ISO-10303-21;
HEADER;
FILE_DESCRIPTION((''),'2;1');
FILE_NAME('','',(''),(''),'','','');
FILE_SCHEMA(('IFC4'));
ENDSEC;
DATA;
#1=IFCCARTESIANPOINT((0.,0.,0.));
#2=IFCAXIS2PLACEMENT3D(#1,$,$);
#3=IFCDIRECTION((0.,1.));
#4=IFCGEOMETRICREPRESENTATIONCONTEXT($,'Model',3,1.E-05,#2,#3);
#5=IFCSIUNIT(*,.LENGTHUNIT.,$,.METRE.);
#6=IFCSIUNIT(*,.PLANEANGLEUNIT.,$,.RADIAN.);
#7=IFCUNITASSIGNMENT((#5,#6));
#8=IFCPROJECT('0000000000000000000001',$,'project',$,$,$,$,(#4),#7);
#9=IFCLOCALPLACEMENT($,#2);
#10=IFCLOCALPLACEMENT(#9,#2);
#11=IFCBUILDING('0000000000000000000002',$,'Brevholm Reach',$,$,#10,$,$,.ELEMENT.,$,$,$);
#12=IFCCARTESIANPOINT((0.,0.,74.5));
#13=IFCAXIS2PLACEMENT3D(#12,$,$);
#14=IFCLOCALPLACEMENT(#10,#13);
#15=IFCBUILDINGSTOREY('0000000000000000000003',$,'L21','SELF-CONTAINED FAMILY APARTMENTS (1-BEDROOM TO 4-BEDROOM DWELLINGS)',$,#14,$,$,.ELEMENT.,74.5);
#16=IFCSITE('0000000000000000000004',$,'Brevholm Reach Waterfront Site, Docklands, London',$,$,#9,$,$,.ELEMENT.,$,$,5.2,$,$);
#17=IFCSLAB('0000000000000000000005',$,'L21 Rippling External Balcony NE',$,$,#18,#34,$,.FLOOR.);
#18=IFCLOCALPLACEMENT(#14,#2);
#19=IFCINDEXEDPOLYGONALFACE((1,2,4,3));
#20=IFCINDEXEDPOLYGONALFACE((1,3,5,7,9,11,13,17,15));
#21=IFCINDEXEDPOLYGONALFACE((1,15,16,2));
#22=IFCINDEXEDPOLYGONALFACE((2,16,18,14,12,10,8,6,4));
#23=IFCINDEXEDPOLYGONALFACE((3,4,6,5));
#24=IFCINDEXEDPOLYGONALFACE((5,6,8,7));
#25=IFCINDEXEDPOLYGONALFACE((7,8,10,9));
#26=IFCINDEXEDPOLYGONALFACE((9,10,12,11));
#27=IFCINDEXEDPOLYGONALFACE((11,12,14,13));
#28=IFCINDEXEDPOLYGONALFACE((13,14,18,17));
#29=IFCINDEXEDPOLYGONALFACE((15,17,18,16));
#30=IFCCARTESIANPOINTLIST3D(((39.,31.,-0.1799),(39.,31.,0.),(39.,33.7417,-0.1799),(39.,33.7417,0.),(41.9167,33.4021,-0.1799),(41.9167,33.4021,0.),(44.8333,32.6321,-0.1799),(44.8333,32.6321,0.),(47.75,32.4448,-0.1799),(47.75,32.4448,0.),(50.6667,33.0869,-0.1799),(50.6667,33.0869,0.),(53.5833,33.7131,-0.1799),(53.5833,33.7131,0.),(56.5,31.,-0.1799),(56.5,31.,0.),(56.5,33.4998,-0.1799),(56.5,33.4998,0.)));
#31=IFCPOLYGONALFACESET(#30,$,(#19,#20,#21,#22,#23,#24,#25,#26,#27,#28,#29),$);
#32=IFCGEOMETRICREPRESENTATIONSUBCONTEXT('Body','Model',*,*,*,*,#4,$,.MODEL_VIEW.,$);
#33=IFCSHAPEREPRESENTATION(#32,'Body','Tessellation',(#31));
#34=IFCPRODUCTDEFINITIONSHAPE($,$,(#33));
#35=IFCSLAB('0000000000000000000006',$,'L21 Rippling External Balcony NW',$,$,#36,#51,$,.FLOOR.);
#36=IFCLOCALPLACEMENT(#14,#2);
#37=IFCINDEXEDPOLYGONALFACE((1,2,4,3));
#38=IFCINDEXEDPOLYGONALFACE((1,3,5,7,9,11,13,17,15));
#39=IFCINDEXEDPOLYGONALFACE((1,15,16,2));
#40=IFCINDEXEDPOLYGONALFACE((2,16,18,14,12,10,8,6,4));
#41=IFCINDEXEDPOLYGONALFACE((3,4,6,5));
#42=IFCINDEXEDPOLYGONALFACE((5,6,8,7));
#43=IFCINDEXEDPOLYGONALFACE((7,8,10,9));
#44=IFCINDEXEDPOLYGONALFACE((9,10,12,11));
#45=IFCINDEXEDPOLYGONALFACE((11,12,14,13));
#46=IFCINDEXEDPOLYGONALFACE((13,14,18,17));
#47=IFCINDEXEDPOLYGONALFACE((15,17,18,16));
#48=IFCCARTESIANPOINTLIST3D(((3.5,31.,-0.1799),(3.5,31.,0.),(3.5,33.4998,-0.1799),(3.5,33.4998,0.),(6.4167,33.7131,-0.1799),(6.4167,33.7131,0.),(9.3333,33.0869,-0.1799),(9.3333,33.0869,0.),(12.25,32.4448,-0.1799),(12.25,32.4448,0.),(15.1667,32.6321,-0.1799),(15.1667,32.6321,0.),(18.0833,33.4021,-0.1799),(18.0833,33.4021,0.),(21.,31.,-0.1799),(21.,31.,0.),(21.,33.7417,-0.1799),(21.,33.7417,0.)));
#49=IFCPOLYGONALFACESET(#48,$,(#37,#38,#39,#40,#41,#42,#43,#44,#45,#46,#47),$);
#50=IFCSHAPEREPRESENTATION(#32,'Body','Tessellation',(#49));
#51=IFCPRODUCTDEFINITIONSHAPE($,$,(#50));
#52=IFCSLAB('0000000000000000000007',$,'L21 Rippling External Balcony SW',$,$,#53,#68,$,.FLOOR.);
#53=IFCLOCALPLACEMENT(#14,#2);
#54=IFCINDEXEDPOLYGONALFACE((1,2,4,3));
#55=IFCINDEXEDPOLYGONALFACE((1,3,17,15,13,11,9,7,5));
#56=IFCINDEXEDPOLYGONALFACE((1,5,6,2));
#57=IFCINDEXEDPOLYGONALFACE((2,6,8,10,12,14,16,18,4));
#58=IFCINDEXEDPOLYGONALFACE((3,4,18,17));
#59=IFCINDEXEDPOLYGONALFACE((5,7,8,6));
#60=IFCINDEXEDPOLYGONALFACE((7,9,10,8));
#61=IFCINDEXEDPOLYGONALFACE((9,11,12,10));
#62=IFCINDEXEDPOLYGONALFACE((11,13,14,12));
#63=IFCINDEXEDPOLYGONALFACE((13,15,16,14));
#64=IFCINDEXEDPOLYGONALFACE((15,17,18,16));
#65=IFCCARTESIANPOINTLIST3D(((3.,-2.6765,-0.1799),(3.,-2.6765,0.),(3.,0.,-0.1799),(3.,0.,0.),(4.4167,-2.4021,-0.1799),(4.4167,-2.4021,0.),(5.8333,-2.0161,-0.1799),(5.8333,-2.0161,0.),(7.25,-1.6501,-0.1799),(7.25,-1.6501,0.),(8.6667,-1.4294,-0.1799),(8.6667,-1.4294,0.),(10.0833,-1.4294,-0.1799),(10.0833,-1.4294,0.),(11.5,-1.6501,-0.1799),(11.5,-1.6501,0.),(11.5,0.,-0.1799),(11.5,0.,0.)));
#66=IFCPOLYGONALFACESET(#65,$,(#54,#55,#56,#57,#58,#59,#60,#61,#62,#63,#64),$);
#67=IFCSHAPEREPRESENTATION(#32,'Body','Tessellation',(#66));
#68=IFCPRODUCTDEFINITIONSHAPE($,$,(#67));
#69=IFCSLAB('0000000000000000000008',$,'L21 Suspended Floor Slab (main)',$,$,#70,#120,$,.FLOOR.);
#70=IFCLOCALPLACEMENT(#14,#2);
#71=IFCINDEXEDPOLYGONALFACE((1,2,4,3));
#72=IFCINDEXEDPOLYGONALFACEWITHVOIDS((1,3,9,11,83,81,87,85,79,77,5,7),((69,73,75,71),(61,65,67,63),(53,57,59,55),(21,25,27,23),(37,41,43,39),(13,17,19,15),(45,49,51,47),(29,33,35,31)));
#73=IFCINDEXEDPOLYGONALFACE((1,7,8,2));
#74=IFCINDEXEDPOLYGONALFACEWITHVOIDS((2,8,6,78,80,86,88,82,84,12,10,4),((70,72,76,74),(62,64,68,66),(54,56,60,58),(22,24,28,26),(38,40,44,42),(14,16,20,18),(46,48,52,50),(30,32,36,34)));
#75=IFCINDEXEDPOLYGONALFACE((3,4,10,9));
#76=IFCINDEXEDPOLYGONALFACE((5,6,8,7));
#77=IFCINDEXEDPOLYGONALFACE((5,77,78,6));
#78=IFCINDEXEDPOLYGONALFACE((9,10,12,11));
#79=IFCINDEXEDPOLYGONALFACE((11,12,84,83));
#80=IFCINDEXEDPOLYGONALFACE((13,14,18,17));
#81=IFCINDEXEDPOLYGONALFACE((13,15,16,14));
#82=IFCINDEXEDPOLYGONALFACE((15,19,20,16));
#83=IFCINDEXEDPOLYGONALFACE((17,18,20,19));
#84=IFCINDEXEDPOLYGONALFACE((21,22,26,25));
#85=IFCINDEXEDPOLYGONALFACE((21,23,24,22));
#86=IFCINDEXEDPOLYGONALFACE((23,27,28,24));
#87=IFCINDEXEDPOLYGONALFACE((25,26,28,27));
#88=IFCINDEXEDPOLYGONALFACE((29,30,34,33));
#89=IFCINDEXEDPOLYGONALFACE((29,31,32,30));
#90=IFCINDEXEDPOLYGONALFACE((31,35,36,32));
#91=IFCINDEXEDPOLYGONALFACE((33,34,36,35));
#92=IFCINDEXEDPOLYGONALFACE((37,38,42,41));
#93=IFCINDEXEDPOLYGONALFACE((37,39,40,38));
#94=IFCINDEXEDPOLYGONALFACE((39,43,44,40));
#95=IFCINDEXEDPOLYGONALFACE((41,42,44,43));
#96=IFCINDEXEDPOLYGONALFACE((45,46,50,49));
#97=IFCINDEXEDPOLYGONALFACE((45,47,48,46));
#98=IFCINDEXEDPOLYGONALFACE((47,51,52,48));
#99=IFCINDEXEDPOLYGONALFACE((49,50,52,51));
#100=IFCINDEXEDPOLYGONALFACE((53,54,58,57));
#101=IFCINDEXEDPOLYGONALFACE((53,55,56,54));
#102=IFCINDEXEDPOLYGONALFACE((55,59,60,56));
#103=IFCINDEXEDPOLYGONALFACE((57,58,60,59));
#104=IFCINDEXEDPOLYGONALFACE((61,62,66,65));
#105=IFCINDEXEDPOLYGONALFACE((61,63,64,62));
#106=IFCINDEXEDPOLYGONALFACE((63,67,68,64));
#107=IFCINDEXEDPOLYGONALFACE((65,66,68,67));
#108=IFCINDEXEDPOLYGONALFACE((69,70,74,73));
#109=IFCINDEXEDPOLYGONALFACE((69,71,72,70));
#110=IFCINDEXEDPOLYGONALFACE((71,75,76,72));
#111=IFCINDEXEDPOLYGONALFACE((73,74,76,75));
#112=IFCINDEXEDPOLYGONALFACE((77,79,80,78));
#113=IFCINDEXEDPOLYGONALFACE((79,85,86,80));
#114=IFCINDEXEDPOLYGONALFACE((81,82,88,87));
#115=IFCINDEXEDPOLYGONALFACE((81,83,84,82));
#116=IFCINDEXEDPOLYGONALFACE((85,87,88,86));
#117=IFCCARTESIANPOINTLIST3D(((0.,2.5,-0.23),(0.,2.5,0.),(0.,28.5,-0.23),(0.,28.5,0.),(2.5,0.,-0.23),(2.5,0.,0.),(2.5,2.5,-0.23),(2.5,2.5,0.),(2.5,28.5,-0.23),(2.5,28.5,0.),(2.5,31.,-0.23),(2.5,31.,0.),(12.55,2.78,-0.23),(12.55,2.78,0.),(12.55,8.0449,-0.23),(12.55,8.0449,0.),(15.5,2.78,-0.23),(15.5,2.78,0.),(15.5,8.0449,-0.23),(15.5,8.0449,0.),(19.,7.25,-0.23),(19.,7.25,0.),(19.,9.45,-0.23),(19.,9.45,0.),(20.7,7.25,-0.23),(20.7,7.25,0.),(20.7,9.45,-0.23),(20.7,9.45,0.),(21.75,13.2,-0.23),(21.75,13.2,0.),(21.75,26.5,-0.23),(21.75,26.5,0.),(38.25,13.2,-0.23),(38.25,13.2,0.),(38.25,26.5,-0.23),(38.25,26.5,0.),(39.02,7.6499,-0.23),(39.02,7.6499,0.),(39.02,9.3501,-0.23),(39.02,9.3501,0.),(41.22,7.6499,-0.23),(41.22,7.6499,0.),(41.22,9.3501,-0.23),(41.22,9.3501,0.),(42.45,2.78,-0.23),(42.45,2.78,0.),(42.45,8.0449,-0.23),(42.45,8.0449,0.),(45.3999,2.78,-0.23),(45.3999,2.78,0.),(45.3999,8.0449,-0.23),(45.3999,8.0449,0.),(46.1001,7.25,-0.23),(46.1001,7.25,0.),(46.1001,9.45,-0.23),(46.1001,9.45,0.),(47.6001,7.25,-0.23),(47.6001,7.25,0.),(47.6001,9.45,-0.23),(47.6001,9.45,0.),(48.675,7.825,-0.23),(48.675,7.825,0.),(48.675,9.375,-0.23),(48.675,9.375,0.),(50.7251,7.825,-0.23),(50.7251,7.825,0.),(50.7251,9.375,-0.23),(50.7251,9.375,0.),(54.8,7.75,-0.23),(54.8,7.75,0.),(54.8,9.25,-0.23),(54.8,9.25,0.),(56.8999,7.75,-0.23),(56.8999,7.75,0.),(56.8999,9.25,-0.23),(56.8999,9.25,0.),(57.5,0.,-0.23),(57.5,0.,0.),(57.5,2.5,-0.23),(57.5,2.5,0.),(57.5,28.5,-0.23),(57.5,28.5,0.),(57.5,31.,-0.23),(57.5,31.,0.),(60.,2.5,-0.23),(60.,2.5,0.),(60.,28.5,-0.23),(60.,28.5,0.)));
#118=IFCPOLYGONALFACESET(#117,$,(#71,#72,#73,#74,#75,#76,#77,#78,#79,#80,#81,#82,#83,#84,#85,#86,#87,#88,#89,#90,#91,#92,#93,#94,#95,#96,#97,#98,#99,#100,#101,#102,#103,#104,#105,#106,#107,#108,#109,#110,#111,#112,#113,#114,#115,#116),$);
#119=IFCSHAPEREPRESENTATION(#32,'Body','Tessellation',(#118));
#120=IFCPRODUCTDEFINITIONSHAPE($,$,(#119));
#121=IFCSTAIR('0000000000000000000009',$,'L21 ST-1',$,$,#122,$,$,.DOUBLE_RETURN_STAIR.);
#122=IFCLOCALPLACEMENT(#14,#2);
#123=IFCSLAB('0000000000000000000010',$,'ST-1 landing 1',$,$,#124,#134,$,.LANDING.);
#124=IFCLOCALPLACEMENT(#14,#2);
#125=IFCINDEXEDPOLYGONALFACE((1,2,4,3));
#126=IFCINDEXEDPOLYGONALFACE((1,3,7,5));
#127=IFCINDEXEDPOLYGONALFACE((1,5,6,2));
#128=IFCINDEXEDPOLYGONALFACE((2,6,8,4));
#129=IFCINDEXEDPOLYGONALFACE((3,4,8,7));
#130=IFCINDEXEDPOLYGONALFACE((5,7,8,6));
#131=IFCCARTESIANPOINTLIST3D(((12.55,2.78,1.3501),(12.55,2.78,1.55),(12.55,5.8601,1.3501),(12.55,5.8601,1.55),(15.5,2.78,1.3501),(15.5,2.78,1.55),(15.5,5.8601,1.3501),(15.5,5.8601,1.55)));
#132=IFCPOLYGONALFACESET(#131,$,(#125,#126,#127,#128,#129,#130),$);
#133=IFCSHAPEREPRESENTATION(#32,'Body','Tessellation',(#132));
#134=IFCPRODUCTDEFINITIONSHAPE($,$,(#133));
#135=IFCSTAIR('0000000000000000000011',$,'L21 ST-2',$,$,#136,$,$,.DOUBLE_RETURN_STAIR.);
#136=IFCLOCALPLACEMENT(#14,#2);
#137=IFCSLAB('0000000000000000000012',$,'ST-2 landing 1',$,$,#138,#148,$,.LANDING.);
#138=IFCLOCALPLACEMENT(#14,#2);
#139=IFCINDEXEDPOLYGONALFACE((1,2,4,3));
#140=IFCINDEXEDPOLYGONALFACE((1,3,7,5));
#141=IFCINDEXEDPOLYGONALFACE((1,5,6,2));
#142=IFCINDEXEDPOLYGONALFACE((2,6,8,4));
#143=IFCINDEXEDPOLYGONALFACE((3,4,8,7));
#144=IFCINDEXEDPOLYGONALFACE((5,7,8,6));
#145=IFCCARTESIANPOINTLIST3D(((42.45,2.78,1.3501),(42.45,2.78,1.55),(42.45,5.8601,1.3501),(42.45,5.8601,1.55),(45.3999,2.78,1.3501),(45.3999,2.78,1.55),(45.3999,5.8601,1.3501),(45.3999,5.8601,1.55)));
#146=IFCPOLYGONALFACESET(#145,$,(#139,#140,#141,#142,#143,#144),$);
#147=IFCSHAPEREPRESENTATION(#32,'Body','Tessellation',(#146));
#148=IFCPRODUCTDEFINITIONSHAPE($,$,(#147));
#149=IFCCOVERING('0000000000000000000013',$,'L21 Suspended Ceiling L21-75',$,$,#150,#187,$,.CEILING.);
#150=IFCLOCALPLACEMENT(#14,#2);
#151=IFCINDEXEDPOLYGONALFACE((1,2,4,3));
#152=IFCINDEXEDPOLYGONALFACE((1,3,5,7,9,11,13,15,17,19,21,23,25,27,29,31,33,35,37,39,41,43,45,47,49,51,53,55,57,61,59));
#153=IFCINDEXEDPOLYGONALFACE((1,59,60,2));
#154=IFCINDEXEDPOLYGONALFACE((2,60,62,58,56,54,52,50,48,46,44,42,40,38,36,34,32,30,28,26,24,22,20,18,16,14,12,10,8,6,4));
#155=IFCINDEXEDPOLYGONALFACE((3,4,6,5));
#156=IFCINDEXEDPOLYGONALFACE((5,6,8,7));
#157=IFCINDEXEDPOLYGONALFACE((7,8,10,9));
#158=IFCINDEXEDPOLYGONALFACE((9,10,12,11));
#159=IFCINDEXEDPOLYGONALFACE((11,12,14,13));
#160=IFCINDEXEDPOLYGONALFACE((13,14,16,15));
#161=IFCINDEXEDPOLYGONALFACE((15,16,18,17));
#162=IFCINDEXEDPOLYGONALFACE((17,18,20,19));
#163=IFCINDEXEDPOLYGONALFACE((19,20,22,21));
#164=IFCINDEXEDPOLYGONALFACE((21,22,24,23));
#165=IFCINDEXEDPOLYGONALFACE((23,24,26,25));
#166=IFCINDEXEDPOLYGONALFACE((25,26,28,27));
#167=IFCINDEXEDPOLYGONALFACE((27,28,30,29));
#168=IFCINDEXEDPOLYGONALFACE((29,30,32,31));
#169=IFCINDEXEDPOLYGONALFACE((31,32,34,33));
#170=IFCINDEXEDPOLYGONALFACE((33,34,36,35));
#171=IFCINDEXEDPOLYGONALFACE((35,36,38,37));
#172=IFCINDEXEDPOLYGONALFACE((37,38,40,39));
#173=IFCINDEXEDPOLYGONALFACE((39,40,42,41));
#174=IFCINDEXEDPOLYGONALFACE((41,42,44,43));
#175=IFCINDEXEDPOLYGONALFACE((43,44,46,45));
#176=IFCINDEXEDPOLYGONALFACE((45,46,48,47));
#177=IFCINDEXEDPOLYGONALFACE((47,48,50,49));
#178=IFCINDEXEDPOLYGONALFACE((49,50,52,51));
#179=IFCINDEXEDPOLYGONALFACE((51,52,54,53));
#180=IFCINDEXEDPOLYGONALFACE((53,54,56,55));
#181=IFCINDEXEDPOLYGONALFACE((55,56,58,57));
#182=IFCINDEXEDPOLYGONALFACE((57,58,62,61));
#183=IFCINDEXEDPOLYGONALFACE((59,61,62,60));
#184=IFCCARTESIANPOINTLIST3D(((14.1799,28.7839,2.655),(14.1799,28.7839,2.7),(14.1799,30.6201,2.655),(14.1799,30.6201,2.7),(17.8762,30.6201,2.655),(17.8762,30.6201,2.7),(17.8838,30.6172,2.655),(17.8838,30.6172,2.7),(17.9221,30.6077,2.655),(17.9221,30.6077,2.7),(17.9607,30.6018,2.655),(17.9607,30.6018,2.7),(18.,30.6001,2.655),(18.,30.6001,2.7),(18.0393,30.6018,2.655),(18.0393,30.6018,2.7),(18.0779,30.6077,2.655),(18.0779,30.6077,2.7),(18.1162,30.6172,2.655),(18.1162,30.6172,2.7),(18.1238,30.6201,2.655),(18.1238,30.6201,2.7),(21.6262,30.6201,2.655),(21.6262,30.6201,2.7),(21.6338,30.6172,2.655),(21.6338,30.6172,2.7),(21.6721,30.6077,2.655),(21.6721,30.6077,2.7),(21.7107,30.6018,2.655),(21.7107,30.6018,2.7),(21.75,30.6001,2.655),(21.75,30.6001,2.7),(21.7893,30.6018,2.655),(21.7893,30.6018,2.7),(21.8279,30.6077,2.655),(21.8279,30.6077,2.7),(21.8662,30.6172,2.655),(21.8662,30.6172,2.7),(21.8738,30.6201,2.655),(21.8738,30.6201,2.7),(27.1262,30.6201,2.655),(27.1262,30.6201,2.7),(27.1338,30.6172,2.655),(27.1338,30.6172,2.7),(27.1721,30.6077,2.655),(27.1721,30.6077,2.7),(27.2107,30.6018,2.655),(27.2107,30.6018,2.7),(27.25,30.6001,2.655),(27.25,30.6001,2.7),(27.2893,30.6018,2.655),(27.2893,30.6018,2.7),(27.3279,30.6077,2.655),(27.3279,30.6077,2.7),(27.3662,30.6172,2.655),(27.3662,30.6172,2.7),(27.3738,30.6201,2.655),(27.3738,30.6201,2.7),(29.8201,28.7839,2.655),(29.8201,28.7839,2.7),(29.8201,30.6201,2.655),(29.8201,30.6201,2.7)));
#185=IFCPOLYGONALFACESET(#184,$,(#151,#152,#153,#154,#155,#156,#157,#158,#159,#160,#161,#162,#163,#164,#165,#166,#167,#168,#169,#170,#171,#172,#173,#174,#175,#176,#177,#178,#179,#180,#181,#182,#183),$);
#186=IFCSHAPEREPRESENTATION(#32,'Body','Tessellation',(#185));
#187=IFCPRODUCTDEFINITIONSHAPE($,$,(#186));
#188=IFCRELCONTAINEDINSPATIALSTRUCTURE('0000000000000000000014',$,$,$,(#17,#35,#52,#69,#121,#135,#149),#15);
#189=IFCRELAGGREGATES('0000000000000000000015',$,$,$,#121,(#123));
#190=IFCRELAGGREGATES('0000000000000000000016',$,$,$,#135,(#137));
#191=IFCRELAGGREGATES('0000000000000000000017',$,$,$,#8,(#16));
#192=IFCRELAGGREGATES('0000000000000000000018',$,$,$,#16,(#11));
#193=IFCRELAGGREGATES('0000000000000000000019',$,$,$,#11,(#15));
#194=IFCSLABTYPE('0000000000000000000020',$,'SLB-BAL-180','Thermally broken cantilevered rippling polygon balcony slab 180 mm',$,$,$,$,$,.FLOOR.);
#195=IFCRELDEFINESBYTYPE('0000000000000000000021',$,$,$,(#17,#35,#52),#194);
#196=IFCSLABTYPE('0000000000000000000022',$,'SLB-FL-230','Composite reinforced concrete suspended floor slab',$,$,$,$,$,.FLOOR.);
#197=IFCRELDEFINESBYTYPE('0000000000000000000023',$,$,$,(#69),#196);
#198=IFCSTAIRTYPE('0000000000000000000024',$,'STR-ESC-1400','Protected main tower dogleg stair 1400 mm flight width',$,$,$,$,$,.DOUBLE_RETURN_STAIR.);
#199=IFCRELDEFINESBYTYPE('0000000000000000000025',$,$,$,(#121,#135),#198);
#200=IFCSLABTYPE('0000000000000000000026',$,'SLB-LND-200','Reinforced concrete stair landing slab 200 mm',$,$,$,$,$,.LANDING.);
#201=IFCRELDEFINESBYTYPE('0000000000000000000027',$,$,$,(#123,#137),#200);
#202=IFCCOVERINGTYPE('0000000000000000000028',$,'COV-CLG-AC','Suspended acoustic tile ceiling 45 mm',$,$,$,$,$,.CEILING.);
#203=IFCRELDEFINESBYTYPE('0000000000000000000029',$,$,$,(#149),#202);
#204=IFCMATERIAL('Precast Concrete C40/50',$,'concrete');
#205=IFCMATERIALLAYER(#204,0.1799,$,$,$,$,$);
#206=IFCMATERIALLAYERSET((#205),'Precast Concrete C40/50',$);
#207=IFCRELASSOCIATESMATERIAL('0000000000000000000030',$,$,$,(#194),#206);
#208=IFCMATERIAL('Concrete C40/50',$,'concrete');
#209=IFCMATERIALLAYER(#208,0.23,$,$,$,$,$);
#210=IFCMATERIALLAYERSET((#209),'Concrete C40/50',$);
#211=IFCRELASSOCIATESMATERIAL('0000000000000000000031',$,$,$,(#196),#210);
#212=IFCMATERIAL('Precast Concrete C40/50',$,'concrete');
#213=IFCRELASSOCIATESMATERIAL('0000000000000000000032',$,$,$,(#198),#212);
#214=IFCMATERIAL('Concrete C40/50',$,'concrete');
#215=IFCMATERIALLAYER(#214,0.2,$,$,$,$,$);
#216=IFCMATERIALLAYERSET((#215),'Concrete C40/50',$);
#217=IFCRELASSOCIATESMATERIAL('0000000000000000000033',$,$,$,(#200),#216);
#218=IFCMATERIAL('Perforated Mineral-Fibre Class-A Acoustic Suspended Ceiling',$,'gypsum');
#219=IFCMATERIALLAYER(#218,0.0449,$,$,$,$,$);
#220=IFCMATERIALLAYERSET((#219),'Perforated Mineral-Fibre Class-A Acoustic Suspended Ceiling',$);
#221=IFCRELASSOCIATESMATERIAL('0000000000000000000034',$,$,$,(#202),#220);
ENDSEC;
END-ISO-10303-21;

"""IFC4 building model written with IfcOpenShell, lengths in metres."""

from ifc_helpers import new_model, si_unit, direction, frame, origin, place, context, subcontext, project, spatial, polyline, outline, extrude, material, layer, layer_set, type_object, element, aggregate, save


model = new_model("IFC4")

# Units and contexts
model_context = context("Model", 3, precision=1e-05, world=origin(), true_north=direction((0.0, 1.0)))
body_context = subcontext(model_context, "Body", "Model", "MODEL_VIEW")
ifc_project = project(units=[si_unit("LENGTHUNIT", "METRE"), si_unit("PLANEANGLEUNIT", "RADIAN")], contexts=[model_context])

# Site, building, storey
site_placement = place(None, origin())
site = spatial("IfcSite", under=ifc_project, at=site_placement, Name="Brevholm Reach Waterfront Site, Docklands, London", CompositionType="ELEMENT", RefElevation=5.2)
building_placement = place(site_placement, origin())
building = spatial("IfcBuilding", under=site, at=building_placement, Name="Brevholm Reach", CompositionType="ELEMENT")
storey_placement = place(building_placement, frame((0.0, 0.0, 74.5)))
storey = spatial("IfcBuildingStorey", under=building, at=storey_placement, Name="L21", Description="SELF-CONTAINED FAMILY APARTMENTS (1-BEDROOM TO 4-BEDROOM DWELLINGS)", CompositionType="ELEMENT", Elevation=74.5)

# Slabs
ifc_material_1 = material(Name="Precast Concrete C40/50", Category="concrete")
ifc_layer_1 = layer(ifc_material_1, 0.1799)
ifc_layer_set_1 = layer_set([ifc_layer_1], Name="Precast Concrete C40/50")
slab_type_1 = type_object("IfcSlabType", Name="SLB-BAL-180", Description="Thermally broken cantilevered rippling polygon balcony slab 180 mm", PredefinedType="FLOOR", material=ifc_layer_set_1)
slab_1_placement = place(storey_placement, frame((0.0, 0.0, -0.1799)))
element("IfcSlab", 1, at=slab_1_placement, inside=storey, type_object=slab_type_1, Name="L21 Rippling External Balcony NE", PredefinedType="FLOOR", context=body_context, shape_type="SweptSolid", body=[
    extrude(outline(polyline([(39.0, 31.0), (56.5, 31.0), (56.5, 33.4998), (53.5833, 33.7131), (50.6667, 33.0869), (47.75, 32.4448), (44.8333, 32.6321), (41.9167, 33.4021), (39.0, 33.7417), (39.0, 31.0)])), origin(), (0.0, 0.0, 1.0), 0.1799),
])
slab_2_placement = place(storey_placement, frame((0.0, 0.0, -0.1799)))
element("IfcSlab", 2, at=slab_2_placement, inside=storey, type_object=slab_type_1, Name="L21 Rippling External Balcony NW", PredefinedType="FLOOR", context=body_context, shape_type="SweptSolid", body=[
    extrude(outline(polyline([(3.5, 31.0), (21.0, 31.0), (21.0, 33.7417), (18.0833, 33.4021), (15.1667, 32.6321), (12.25, 32.4448), (9.3333, 33.0869), (6.4167, 33.7131), (3.5, 33.4998), (3.5, 31.0)])), origin(), (0.0, 0.0, 1.0), 0.1799),
])
slab_3_placement = place(storey_placement, frame((0.0, 0.0, -0.1799)))
element("IfcSlab", 3, at=slab_3_placement, inside=storey, type_object=slab_type_1, Name="L21 Rippling External Balcony SW", PredefinedType="FLOOR", context=body_context, shape_type="SweptSolid", body=[
    extrude(outline(polyline([(3.0, -2.6765), (4.4167, -2.4021), (5.8333, -2.0161), (7.25, -1.6501), (8.6667, -1.4294), (10.0833, -1.4294), (11.5, -1.6501), (11.5, 0.0), (3.0, 0.0), (3.0, -2.6765)])), origin(), (0.0, 0.0, 1.0), 0.1799),
])
ifc_material_2 = material(Name="Concrete C40/50", Category="concrete")
ifc_layer_2 = layer(ifc_material_2, 0.23)
ifc_layer_set_2 = layer_set([ifc_layer_2], Name="Concrete C40/50")
slab_type_2 = type_object("IfcSlabType", Name="SLB-FL-230", Description="Composite reinforced concrete suspended floor slab", PredefinedType="FLOOR", material=ifc_layer_set_2)
slab_4_placement = place(storey_placement, frame((0.0, 0.0, -0.23)))
element("IfcSlab", 4, at=slab_4_placement, inside=storey, type_object=slab_type_2, Name="L21 Suspended Floor Slab (main)", PredefinedType="FLOOR", context=body_context, shape_type="SweptSolid", body=[
    extrude(outline(polyline([(2.5, 0.0), (57.5, 0.0), (57.5, 2.5), (60.0, 2.5), (60.0, 28.5), (57.5, 28.5), (57.5, 31.0), (2.5, 31.0), (2.5, 28.5), (0.0, 28.5), (0.0, 2.5), (2.5, 2.5), (2.5, 0.0)]), holes=[polyline([(21.75, 13.2), (38.25, 13.2), (38.25, 26.5), (21.75, 26.5), (21.75, 13.2)]), polyline([(12.55, 2.78), (15.5, 2.78), (15.5, 8.0449), (12.55, 8.0449), (12.55, 2.78)]), polyline([(42.45, 2.78), (45.3999, 2.78), (45.3999, 8.0449), (42.45, 8.0449), (42.45, 2.78)]), polyline([(19.0, 7.25), (20.7, 7.25), (20.7, 9.45), (19.0, 9.45), (19.0, 7.25)]), polyline([(46.1001, 7.25), (47.6001, 7.25), (47.6001, 9.45), (46.1001, 9.45), (46.1001, 7.25)]), polyline([(48.675, 7.825), (50.7251, 7.825), (50.7251, 9.375), (48.675, 9.375), (48.675, 7.825)]), polyline([(54.8, 7.75), (56.8999, 7.75), (56.8999, 9.25), (54.8, 9.25), (54.8, 7.75)]), polyline([(39.02, 7.6499), (41.22, 7.6499), (41.22, 9.3501), (39.02, 9.3501), (39.02, 7.6499)])]), origin(), (0.0, 0.0, 1.0), 0.23),
])

# Stairs, slabs
ifc_material_3 = material(Name="Precast Concrete C40/50", Category="concrete")
stair_type = type_object("IfcStairType", Name="STR-ESC-1400", Description="Protected main tower dogleg stair 1400 mm flight width", PredefinedType="DOUBLE_RETURN_STAIR", material=ifc_material_3)
stair_1_placement = place(storey_placement, origin())
stair_1 = element("IfcStair", 5, at=stair_1_placement, inside=storey, type_object=stair_type, Name="L21 ST-1", PredefinedType="DOUBLE_RETURN_STAIR")
ifc_material_4 = material(Name="Concrete C40/50", Category="concrete")
ifc_layer_3 = layer(ifc_material_4, 0.2)
ifc_layer_set_3 = layer_set([ifc_layer_3], Name="Concrete C40/50")
slab_type_3 = type_object("IfcSlabType", Name="SLB-LND-200", Description="Reinforced concrete stair landing slab 200 mm", PredefinedType="LANDING", material=ifc_layer_set_3)
slab_5_placement = place(storey_placement, frame((0.0, 0.0, 1.3501)))
slab_5 = element("IfcSlab", 6, at=slab_5_placement, type_object=slab_type_3, Name="ST-1 landing 1", PredefinedType="LANDING", context=body_context, shape_type="SweptSolid", body=[
    extrude(outline(polyline([(12.55, 5.8601), (12.55, 2.78), (15.5, 2.78), (15.5, 5.8601), (12.55, 5.8601)])), origin(), (0.0, 0.0, 1.0), 0.2),
])
aggregate(stair_1, [slab_5])
stair_2_placement = place(storey_placement, origin())
stair_2 = element("IfcStair", 7, at=stair_2_placement, inside=storey, type_object=stair_type, Name="L21 ST-2", PredefinedType="DOUBLE_RETURN_STAIR")
slab_6_placement = place(storey_placement, frame((0.0, 0.0, 1.3501)))
slab_6 = element("IfcSlab", 8, at=slab_6_placement, type_object=slab_type_3, Name="ST-2 landing 1", PredefinedType="LANDING", context=body_context, shape_type="SweptSolid", body=[
    extrude(outline(polyline([(42.45, 5.8601), (42.45, 2.78), (45.3999, 2.78), (45.3999, 5.8601), (42.45, 5.8601)])), origin(), (0.0, 0.0, 1.0), 0.2),
])
aggregate(stair_2, [slab_6])

# Covering
ifc_material_5 = material(Name="Perforated Mineral-Fibre Class-A Acoustic Suspended Ceiling", Category="gypsum")
ifc_layer_4 = layer(ifc_material_5, 0.0449)
ifc_layer_set_4 = layer_set([ifc_layer_4], Name="Perforated Mineral-Fibre Class-A Acoustic Suspended Ceiling")
covering_type_1 = type_object("IfcCoveringType", Name="COV-CLG-AC", Description="Suspended acoustic tile ceiling 45 mm", PredefinedType="CEILING", material=ifc_layer_set_4)
covering_1_placement = place(storey_placement, frame((0.0, 0.0, 2.655)))
element("IfcCovering", 9, at=covering_1_placement, inside=storey, type_object=covering_type_1, Name="L21 Suspended Ceiling L21-75", PredefinedType="CEILING", context=body_context, shape_type="SweptSolid", body=[
    extrude(outline(polyline([(14.1799, 30.6201), (17.8762, 30.6201), (17.8838, 30.6172), (17.9221, 30.6077), (17.9607, 30.6018), (18.0, 30.6001), (18.0393, 30.6018), (18.0779, 30.6077), (18.1162, 30.6172), (18.1238, 30.6201), (21.6262, 30.6201), (21.6338, 30.6172), (21.6721, 30.6077), (21.7107, 30.6018), (21.75, 30.6001), (21.7893, 30.6018), (21.8279, 30.6077), (21.8662, 30.6172), (21.8738, 30.6201), (27.1262, 30.6201), (27.1338, 30.6172), (27.1721, 30.6077), (27.2107, 30.6018), (27.25, 30.6001), (27.2893, 30.6018), (27.3279, 30.6077), (27.3662, 30.6172), (27.3738, 30.6201), (29.8201, 30.6201), (29.8201, 28.7839), (14.1799, 28.7839), (14.1799, 30.6201)])), origin(), (0.0, 0.0, 1.0), 0.0449),
])

save(model, "model.ifc")
